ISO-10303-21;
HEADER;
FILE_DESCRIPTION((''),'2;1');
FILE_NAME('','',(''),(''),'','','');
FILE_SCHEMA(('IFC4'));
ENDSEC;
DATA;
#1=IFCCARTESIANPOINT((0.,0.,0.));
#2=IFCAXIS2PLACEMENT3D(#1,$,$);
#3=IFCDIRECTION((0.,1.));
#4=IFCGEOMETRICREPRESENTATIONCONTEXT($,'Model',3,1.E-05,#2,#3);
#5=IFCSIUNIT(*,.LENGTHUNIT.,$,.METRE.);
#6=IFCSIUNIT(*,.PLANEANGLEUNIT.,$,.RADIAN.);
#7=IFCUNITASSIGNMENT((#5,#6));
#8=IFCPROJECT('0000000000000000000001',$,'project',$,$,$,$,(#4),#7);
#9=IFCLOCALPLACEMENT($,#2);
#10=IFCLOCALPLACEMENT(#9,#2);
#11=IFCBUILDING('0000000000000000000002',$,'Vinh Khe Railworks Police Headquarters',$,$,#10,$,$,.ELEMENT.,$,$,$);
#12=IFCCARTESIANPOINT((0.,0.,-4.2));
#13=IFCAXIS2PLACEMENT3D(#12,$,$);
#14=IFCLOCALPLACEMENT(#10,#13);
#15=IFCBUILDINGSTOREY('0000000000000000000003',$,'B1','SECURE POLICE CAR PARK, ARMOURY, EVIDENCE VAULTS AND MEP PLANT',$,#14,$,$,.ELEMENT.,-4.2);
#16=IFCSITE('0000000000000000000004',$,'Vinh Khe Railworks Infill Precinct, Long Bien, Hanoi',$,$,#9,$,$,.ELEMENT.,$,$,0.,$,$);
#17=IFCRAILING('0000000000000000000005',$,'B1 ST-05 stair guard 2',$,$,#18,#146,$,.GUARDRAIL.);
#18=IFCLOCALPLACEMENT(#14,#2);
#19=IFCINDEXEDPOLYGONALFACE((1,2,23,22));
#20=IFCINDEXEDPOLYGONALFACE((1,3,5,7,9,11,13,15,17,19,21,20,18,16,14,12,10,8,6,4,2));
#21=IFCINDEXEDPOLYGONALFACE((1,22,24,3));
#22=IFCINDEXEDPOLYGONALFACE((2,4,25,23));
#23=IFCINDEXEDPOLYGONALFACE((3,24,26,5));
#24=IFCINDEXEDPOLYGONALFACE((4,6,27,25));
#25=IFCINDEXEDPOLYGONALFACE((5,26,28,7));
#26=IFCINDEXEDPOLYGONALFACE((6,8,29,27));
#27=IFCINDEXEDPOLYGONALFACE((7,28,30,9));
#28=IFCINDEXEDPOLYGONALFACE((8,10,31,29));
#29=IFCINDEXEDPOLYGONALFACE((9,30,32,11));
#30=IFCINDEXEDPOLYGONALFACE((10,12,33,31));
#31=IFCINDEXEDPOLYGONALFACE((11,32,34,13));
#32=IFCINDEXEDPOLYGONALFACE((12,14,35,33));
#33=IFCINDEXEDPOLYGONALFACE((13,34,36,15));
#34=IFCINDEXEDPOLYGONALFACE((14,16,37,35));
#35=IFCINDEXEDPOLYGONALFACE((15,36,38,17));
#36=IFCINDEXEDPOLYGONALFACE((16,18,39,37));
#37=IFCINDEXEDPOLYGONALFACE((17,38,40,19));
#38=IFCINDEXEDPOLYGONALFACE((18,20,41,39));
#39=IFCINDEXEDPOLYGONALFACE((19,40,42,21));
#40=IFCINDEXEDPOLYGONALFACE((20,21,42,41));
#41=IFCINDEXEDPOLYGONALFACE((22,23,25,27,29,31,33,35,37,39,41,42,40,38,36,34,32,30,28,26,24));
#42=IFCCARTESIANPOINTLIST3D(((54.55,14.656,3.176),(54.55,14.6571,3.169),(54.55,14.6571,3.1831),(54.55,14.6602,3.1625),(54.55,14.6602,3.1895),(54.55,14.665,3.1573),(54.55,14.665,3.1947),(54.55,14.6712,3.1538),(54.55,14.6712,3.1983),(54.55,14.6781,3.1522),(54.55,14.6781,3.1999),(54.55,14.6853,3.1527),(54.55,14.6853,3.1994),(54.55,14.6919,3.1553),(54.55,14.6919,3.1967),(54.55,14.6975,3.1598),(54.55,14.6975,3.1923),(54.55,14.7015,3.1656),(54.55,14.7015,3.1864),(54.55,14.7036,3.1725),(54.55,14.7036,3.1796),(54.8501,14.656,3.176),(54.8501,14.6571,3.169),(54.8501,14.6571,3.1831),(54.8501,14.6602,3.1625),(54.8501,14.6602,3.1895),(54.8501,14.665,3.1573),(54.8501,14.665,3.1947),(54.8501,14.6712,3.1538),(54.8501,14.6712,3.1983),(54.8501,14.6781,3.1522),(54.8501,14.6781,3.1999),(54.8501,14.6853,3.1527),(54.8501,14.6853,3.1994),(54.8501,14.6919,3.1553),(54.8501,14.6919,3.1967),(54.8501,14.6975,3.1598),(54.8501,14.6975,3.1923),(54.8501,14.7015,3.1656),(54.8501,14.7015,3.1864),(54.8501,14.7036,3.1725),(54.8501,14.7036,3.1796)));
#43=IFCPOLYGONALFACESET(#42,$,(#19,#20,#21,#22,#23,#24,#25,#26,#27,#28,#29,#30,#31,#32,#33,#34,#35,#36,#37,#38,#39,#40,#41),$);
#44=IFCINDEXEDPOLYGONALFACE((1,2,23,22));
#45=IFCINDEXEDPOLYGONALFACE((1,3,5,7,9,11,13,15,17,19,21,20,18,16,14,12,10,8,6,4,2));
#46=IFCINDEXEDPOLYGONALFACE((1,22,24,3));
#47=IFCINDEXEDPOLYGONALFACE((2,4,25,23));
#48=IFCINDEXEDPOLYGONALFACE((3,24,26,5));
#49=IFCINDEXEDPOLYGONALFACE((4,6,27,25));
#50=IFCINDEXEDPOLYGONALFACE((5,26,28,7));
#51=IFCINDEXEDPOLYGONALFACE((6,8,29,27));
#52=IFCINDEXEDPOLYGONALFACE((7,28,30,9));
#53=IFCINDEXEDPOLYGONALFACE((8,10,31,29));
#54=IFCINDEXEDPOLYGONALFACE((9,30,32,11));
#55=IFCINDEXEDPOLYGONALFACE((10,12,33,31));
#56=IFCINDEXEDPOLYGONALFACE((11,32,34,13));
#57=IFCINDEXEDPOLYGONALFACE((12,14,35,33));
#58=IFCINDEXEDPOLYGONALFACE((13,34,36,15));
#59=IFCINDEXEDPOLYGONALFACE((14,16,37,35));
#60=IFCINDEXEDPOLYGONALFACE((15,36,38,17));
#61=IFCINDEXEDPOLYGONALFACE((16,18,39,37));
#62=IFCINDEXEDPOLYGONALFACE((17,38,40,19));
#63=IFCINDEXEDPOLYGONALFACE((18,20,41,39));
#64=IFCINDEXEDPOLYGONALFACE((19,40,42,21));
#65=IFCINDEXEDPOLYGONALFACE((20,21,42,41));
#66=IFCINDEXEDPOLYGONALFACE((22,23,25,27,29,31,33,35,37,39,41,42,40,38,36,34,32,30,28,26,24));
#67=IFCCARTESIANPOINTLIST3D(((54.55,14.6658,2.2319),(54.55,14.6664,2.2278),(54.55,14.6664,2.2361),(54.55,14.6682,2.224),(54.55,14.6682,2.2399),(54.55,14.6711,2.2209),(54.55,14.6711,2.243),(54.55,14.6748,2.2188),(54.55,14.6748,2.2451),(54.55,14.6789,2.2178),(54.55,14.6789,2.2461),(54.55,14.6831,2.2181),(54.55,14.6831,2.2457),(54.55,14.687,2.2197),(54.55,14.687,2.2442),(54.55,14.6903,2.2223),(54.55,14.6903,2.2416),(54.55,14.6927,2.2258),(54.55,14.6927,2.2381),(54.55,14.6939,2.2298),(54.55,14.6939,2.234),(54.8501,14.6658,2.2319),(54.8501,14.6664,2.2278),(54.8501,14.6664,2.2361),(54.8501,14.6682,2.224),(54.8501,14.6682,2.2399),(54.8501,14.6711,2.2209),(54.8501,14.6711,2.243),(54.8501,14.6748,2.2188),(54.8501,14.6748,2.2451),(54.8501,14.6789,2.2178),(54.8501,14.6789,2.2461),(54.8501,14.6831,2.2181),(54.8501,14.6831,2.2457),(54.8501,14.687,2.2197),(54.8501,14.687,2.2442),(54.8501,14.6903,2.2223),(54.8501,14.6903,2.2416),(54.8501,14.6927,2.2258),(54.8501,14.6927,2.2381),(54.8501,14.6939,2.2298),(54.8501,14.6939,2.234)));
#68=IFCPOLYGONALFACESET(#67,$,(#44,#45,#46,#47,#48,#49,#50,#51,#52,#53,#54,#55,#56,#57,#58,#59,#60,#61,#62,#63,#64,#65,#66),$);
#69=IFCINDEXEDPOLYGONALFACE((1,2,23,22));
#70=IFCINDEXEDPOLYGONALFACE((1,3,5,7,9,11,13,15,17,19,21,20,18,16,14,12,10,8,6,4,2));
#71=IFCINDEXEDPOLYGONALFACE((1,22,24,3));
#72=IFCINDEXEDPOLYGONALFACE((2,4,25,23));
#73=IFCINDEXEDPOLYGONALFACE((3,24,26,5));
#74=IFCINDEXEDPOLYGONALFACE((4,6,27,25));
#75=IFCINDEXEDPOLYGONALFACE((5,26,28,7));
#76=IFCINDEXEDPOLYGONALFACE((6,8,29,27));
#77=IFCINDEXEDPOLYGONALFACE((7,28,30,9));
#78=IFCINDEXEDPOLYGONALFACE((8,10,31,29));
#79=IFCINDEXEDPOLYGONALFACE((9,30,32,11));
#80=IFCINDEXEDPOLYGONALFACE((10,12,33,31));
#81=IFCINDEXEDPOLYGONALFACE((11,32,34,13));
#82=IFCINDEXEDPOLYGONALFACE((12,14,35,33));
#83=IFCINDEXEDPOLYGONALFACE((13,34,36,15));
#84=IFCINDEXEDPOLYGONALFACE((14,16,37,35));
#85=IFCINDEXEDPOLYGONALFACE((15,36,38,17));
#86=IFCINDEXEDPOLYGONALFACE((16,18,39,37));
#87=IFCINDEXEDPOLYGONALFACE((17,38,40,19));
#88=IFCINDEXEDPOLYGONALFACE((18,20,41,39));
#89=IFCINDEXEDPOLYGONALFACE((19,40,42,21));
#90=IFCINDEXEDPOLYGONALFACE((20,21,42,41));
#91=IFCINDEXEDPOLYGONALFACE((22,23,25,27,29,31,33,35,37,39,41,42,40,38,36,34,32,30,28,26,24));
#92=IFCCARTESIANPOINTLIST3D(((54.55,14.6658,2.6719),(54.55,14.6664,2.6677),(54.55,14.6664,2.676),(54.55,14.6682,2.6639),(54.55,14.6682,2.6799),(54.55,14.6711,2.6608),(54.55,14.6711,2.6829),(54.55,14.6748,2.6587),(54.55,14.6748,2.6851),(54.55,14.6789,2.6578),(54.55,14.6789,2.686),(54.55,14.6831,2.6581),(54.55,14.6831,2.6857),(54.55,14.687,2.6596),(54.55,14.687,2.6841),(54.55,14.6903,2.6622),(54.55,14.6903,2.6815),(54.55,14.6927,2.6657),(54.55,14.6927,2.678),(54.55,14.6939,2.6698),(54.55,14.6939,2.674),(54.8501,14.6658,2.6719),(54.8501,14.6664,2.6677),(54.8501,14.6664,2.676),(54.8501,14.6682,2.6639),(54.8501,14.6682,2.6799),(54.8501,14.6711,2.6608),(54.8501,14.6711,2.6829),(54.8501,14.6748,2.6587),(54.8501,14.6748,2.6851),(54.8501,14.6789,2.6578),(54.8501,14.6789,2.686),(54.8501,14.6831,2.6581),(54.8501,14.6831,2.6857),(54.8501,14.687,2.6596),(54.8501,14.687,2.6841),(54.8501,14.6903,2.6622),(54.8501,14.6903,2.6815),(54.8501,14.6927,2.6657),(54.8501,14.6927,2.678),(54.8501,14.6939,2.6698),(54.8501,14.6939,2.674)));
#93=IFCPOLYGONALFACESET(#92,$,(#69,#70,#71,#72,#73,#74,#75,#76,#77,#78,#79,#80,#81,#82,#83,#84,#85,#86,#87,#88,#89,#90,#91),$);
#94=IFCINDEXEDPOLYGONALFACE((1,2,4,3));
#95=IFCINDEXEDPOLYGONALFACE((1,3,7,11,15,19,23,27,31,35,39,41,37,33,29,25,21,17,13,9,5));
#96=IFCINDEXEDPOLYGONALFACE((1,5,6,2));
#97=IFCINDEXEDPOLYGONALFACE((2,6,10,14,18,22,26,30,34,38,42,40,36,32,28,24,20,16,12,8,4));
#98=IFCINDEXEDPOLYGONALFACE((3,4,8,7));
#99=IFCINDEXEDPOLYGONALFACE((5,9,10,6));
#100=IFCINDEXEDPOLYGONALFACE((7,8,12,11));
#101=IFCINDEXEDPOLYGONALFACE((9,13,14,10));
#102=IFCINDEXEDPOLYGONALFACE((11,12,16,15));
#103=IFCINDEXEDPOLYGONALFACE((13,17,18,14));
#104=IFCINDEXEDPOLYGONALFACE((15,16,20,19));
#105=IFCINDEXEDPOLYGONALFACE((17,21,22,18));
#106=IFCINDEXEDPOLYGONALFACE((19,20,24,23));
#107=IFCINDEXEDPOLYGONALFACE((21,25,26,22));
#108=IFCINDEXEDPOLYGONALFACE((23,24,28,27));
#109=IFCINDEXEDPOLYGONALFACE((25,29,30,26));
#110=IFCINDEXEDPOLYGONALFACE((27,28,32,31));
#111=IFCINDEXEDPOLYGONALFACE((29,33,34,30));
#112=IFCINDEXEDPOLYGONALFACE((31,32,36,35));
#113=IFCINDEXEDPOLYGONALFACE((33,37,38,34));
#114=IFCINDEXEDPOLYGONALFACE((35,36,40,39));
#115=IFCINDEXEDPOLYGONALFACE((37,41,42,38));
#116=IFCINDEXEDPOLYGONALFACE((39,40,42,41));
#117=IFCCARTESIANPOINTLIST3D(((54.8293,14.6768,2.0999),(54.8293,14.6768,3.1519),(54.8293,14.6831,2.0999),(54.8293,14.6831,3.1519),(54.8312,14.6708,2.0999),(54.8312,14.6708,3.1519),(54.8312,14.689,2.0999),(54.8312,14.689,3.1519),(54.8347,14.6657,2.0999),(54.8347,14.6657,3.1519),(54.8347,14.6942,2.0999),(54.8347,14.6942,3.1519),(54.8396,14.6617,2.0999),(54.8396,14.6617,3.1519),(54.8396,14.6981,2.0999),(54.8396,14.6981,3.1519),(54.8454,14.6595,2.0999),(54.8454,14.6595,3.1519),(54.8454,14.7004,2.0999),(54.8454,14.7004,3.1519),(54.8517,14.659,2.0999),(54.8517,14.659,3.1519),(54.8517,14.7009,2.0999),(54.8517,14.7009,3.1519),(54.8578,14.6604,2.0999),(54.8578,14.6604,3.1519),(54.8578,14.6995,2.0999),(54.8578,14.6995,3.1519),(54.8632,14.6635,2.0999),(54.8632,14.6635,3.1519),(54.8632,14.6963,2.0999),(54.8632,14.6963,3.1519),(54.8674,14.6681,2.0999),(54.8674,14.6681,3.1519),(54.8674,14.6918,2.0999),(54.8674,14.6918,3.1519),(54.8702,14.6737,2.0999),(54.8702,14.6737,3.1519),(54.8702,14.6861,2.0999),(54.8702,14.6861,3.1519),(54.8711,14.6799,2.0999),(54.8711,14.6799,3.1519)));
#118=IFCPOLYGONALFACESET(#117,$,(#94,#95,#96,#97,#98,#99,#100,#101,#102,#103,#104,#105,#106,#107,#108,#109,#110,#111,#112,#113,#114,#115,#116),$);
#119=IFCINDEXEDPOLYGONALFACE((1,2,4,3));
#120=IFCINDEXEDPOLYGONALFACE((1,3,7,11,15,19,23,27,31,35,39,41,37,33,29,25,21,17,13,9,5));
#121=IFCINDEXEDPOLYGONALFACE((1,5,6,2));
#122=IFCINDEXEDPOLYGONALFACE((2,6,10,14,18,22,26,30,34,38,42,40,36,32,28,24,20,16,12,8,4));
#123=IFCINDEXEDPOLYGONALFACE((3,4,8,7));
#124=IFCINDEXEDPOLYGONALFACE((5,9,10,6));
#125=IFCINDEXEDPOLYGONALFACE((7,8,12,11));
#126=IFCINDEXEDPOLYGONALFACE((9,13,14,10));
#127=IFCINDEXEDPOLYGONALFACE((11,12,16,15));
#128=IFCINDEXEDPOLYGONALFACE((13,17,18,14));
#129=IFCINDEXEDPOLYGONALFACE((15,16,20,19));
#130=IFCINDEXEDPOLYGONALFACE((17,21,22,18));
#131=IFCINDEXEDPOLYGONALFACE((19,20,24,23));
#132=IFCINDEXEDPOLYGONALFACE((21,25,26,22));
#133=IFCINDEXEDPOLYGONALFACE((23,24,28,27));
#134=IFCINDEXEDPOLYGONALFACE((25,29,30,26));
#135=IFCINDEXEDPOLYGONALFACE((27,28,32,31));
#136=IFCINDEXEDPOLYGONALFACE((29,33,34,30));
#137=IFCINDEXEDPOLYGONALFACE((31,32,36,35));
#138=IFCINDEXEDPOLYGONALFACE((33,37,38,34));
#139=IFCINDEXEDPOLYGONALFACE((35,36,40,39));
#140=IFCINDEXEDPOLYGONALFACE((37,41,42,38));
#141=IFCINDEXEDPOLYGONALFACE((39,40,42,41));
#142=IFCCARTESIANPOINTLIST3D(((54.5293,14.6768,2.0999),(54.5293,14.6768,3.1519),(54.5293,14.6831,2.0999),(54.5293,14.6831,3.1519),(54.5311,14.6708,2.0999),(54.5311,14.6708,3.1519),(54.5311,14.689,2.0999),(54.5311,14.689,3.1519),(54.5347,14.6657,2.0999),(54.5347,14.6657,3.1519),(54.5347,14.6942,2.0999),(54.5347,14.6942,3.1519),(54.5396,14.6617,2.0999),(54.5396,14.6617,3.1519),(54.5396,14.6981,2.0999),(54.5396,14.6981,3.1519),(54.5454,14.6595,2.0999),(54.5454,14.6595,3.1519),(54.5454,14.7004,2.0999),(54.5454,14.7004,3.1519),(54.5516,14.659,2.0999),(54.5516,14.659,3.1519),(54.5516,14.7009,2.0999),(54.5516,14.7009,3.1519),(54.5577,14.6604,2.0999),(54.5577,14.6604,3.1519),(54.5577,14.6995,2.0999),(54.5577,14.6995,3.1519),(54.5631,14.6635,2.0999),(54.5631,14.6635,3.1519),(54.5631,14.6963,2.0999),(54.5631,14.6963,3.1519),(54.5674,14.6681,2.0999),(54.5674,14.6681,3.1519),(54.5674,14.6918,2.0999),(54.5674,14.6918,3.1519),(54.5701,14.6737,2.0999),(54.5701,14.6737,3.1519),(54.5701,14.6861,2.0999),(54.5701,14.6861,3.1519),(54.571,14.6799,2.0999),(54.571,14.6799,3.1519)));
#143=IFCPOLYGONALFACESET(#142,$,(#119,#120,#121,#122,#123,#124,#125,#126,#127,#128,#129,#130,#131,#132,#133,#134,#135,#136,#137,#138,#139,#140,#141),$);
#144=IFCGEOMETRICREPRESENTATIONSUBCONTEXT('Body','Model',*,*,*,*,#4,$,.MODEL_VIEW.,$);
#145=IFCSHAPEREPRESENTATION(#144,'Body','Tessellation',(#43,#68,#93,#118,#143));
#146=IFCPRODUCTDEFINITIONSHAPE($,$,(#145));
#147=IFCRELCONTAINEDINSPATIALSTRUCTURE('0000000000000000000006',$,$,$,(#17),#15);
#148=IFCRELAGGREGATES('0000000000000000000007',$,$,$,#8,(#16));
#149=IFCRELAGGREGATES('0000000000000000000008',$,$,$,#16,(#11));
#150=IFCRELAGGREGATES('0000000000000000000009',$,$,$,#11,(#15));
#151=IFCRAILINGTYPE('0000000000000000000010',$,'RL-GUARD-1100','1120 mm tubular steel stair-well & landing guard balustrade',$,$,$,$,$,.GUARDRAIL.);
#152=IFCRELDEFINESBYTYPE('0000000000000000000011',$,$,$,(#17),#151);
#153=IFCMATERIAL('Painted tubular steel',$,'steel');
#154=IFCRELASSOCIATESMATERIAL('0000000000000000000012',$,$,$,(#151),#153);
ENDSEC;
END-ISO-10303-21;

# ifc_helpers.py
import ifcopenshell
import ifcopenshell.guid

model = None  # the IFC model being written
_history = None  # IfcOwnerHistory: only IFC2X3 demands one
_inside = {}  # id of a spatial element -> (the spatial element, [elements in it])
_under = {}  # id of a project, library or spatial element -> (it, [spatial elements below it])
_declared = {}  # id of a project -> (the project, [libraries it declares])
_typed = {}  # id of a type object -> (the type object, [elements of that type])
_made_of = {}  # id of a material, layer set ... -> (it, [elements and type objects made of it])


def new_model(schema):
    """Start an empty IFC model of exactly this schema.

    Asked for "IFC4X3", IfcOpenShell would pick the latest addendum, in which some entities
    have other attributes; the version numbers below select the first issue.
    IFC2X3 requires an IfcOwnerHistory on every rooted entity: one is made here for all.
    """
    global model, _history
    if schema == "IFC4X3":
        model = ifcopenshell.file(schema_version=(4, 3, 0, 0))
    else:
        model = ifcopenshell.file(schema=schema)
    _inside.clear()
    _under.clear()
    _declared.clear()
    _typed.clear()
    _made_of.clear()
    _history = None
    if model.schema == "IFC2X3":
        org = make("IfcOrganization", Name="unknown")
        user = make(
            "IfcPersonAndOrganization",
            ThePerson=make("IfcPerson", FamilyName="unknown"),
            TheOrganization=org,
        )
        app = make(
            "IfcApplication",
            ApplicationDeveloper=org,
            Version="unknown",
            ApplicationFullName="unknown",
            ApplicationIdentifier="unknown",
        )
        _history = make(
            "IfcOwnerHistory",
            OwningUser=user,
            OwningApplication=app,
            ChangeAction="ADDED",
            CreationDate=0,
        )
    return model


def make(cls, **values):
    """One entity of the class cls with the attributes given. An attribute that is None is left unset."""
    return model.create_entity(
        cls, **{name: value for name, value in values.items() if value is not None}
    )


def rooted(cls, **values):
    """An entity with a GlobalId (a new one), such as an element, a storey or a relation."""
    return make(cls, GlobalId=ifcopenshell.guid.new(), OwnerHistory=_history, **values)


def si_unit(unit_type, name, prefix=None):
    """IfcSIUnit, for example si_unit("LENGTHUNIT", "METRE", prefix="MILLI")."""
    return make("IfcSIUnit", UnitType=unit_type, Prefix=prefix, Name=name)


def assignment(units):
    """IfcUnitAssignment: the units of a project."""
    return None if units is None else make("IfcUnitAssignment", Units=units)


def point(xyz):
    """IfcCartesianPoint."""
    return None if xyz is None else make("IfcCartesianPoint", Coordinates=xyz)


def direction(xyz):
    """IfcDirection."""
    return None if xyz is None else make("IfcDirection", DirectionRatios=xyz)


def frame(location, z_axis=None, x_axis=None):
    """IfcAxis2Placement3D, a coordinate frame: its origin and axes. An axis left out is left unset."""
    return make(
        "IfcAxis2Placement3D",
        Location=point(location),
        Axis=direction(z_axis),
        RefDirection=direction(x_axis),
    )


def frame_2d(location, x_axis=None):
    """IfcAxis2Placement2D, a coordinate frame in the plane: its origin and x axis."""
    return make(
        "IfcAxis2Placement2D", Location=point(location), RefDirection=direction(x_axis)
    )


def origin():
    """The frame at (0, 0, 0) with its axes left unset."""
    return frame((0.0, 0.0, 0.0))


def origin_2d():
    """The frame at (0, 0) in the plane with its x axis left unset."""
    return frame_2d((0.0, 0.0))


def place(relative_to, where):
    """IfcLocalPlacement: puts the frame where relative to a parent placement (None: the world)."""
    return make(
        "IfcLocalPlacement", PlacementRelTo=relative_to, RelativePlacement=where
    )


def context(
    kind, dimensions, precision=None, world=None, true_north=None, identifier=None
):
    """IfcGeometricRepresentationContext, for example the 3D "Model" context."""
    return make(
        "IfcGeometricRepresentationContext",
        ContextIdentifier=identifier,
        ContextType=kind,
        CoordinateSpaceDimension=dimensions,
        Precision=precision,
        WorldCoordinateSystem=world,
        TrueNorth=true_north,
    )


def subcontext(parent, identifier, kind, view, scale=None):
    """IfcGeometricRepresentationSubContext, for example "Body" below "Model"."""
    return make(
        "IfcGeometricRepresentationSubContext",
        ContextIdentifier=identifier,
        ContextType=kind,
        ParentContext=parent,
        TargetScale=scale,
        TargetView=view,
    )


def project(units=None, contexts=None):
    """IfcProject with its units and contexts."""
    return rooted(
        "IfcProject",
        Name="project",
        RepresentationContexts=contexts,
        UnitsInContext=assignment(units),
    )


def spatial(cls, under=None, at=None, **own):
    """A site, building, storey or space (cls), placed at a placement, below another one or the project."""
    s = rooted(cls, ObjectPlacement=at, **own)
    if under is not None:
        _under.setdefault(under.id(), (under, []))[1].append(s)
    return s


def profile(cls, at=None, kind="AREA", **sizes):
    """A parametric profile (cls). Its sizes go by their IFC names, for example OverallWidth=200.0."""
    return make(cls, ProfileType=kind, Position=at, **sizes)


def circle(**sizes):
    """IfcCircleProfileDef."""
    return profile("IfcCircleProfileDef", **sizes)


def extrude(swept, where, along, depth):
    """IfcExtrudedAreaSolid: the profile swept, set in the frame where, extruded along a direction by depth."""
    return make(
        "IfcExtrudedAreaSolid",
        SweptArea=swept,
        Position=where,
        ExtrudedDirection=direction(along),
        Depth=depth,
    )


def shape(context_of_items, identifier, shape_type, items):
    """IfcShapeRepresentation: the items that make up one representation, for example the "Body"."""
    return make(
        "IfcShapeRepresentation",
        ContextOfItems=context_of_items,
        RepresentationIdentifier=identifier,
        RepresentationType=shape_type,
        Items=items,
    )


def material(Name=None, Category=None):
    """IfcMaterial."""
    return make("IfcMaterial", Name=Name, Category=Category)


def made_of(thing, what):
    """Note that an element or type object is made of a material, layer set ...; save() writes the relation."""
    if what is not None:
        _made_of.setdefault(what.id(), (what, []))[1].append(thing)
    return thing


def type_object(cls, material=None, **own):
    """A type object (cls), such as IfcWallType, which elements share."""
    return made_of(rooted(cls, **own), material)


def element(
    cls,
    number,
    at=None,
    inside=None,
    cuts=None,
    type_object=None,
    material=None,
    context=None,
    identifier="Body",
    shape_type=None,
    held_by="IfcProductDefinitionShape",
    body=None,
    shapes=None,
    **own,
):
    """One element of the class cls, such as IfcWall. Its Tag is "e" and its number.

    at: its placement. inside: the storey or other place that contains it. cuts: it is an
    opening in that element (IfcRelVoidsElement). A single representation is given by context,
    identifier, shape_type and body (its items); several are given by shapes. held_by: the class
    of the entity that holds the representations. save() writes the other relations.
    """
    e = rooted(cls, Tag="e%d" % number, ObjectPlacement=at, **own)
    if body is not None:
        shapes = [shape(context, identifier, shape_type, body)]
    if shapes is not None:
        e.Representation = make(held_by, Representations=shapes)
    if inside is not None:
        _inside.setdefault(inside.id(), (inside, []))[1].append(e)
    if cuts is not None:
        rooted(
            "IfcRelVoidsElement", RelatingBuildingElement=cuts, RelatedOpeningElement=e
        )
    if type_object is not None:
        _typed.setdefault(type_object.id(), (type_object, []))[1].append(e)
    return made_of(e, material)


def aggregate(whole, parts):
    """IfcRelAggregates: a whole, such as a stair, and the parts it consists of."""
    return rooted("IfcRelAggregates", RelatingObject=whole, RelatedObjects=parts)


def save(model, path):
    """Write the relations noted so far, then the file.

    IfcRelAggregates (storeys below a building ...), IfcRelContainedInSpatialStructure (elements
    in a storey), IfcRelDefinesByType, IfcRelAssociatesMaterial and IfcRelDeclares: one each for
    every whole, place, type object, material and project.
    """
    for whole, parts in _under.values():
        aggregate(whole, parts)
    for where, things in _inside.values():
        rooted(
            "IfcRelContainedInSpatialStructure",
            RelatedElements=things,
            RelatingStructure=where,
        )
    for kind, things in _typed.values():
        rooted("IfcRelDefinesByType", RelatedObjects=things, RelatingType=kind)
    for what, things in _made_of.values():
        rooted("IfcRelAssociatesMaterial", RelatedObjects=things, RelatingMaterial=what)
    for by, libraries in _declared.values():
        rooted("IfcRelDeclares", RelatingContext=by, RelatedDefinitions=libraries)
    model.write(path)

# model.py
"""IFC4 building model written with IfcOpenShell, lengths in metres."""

from ifc_helpers import new_model, si_unit, direction, frame, origin, origin_2d, place, context, subcontext, project, spatial, circle, extrude, material, type_object, element, save


model = new_model("IFC4")

# Units and contexts
model_context = context("Model", 3, precision=1e-05, world=origin(), true_north=direction((0.0, 1.0)))
body_context = subcontext(model_context, "Body", "Model", "MODEL_VIEW")
ifc_project = project(units=[si_unit("LENGTHUNIT", "METRE"), si_unit("PLANEANGLEUNIT", "RADIAN")], contexts=[model_context])

# Site, building, storey
site_placement = place(None, origin())
site = spatial("IfcSite", under=ifc_project, at=site_placement, Name="Vinh Khe Railworks Infill Precinct, Long Bien, Hanoi", CompositionType="ELEMENT", RefElevation=0.0)
building_placement = place(site_placement, origin())
building = spatial("IfcBuilding", under=site, at=building_placement, Name="Vinh Khe Railworks Police Headquarters", CompositionType="ELEMENT")
storey_placement = place(building_placement, frame((0.0, 0.0, -4.2)))
storey = spatial("IfcBuildingStorey", under=building, at=storey_placement, Name="B1", Description="SECURE POLICE CAR PARK, ARMOURY, EVIDENCE VAULTS AND MEP PLANT", CompositionType="ELEMENT", Elevation=-4.2)

# Railing
ifc_material_1 = material(Name="Painted tubular steel", Category="steel")
railing_type = type_object("IfcRailingType", Name="RL-GUARD-1100", Description="1120 mm tubular steel stair-well & landing guard balustrade", PredefinedType="GUARDRAIL", material=ifc_material_1)
railing_1_placement = place(storey_placement, frame((54.8501, 14.6799, 2.0999)))
element("IfcRailing", 1, at=railing_1_placement, inside=storey, type_object=railing_type, Name="B1 ST-05 stair guard 2", PredefinedType="GUARDRAIL", context=body_context, shape_type="SweptSolid", body=[
    extrude(circle(Radius=0.0239, at=origin_2d()), frame((0.0, 0.0, 1.0762), z_axis=(-1.0, 0.0, 0.0), x_axis=(0.0, -1.0, 0.0)), (0.0, 0.0, 1.0), 0.3),
    extrude(circle(Radius=0.0142, at=origin_2d()), frame((0.0, 0.0, 0.1321), z_axis=(-1.0, 0.0, 0.0), x_axis=(0.0, -1.0, 0.0)), (0.0, 0.0, 1.0), 0.3),
    extrude(circle(Radius=0.0142, at=origin_2d()), frame((0.0, 0.0, 0.572), z_axis=(-1.0, 0.0, 0.0), x_axis=(0.0, -1.0, 0.0)), (0.0, 0.0, 1.0), 0.3),
    extrude(circle(Radius=0.021, at=origin_2d()), origin(), (0.0, 0.0, 1.0), 1.052),
    extrude(circle(Radius=0.021, at=origin_2d()), frame((-0.3, 0.0, 0.0)), (0.0, 0.0, 1.0), 1.052),
])

save(model, "model.ifc")
